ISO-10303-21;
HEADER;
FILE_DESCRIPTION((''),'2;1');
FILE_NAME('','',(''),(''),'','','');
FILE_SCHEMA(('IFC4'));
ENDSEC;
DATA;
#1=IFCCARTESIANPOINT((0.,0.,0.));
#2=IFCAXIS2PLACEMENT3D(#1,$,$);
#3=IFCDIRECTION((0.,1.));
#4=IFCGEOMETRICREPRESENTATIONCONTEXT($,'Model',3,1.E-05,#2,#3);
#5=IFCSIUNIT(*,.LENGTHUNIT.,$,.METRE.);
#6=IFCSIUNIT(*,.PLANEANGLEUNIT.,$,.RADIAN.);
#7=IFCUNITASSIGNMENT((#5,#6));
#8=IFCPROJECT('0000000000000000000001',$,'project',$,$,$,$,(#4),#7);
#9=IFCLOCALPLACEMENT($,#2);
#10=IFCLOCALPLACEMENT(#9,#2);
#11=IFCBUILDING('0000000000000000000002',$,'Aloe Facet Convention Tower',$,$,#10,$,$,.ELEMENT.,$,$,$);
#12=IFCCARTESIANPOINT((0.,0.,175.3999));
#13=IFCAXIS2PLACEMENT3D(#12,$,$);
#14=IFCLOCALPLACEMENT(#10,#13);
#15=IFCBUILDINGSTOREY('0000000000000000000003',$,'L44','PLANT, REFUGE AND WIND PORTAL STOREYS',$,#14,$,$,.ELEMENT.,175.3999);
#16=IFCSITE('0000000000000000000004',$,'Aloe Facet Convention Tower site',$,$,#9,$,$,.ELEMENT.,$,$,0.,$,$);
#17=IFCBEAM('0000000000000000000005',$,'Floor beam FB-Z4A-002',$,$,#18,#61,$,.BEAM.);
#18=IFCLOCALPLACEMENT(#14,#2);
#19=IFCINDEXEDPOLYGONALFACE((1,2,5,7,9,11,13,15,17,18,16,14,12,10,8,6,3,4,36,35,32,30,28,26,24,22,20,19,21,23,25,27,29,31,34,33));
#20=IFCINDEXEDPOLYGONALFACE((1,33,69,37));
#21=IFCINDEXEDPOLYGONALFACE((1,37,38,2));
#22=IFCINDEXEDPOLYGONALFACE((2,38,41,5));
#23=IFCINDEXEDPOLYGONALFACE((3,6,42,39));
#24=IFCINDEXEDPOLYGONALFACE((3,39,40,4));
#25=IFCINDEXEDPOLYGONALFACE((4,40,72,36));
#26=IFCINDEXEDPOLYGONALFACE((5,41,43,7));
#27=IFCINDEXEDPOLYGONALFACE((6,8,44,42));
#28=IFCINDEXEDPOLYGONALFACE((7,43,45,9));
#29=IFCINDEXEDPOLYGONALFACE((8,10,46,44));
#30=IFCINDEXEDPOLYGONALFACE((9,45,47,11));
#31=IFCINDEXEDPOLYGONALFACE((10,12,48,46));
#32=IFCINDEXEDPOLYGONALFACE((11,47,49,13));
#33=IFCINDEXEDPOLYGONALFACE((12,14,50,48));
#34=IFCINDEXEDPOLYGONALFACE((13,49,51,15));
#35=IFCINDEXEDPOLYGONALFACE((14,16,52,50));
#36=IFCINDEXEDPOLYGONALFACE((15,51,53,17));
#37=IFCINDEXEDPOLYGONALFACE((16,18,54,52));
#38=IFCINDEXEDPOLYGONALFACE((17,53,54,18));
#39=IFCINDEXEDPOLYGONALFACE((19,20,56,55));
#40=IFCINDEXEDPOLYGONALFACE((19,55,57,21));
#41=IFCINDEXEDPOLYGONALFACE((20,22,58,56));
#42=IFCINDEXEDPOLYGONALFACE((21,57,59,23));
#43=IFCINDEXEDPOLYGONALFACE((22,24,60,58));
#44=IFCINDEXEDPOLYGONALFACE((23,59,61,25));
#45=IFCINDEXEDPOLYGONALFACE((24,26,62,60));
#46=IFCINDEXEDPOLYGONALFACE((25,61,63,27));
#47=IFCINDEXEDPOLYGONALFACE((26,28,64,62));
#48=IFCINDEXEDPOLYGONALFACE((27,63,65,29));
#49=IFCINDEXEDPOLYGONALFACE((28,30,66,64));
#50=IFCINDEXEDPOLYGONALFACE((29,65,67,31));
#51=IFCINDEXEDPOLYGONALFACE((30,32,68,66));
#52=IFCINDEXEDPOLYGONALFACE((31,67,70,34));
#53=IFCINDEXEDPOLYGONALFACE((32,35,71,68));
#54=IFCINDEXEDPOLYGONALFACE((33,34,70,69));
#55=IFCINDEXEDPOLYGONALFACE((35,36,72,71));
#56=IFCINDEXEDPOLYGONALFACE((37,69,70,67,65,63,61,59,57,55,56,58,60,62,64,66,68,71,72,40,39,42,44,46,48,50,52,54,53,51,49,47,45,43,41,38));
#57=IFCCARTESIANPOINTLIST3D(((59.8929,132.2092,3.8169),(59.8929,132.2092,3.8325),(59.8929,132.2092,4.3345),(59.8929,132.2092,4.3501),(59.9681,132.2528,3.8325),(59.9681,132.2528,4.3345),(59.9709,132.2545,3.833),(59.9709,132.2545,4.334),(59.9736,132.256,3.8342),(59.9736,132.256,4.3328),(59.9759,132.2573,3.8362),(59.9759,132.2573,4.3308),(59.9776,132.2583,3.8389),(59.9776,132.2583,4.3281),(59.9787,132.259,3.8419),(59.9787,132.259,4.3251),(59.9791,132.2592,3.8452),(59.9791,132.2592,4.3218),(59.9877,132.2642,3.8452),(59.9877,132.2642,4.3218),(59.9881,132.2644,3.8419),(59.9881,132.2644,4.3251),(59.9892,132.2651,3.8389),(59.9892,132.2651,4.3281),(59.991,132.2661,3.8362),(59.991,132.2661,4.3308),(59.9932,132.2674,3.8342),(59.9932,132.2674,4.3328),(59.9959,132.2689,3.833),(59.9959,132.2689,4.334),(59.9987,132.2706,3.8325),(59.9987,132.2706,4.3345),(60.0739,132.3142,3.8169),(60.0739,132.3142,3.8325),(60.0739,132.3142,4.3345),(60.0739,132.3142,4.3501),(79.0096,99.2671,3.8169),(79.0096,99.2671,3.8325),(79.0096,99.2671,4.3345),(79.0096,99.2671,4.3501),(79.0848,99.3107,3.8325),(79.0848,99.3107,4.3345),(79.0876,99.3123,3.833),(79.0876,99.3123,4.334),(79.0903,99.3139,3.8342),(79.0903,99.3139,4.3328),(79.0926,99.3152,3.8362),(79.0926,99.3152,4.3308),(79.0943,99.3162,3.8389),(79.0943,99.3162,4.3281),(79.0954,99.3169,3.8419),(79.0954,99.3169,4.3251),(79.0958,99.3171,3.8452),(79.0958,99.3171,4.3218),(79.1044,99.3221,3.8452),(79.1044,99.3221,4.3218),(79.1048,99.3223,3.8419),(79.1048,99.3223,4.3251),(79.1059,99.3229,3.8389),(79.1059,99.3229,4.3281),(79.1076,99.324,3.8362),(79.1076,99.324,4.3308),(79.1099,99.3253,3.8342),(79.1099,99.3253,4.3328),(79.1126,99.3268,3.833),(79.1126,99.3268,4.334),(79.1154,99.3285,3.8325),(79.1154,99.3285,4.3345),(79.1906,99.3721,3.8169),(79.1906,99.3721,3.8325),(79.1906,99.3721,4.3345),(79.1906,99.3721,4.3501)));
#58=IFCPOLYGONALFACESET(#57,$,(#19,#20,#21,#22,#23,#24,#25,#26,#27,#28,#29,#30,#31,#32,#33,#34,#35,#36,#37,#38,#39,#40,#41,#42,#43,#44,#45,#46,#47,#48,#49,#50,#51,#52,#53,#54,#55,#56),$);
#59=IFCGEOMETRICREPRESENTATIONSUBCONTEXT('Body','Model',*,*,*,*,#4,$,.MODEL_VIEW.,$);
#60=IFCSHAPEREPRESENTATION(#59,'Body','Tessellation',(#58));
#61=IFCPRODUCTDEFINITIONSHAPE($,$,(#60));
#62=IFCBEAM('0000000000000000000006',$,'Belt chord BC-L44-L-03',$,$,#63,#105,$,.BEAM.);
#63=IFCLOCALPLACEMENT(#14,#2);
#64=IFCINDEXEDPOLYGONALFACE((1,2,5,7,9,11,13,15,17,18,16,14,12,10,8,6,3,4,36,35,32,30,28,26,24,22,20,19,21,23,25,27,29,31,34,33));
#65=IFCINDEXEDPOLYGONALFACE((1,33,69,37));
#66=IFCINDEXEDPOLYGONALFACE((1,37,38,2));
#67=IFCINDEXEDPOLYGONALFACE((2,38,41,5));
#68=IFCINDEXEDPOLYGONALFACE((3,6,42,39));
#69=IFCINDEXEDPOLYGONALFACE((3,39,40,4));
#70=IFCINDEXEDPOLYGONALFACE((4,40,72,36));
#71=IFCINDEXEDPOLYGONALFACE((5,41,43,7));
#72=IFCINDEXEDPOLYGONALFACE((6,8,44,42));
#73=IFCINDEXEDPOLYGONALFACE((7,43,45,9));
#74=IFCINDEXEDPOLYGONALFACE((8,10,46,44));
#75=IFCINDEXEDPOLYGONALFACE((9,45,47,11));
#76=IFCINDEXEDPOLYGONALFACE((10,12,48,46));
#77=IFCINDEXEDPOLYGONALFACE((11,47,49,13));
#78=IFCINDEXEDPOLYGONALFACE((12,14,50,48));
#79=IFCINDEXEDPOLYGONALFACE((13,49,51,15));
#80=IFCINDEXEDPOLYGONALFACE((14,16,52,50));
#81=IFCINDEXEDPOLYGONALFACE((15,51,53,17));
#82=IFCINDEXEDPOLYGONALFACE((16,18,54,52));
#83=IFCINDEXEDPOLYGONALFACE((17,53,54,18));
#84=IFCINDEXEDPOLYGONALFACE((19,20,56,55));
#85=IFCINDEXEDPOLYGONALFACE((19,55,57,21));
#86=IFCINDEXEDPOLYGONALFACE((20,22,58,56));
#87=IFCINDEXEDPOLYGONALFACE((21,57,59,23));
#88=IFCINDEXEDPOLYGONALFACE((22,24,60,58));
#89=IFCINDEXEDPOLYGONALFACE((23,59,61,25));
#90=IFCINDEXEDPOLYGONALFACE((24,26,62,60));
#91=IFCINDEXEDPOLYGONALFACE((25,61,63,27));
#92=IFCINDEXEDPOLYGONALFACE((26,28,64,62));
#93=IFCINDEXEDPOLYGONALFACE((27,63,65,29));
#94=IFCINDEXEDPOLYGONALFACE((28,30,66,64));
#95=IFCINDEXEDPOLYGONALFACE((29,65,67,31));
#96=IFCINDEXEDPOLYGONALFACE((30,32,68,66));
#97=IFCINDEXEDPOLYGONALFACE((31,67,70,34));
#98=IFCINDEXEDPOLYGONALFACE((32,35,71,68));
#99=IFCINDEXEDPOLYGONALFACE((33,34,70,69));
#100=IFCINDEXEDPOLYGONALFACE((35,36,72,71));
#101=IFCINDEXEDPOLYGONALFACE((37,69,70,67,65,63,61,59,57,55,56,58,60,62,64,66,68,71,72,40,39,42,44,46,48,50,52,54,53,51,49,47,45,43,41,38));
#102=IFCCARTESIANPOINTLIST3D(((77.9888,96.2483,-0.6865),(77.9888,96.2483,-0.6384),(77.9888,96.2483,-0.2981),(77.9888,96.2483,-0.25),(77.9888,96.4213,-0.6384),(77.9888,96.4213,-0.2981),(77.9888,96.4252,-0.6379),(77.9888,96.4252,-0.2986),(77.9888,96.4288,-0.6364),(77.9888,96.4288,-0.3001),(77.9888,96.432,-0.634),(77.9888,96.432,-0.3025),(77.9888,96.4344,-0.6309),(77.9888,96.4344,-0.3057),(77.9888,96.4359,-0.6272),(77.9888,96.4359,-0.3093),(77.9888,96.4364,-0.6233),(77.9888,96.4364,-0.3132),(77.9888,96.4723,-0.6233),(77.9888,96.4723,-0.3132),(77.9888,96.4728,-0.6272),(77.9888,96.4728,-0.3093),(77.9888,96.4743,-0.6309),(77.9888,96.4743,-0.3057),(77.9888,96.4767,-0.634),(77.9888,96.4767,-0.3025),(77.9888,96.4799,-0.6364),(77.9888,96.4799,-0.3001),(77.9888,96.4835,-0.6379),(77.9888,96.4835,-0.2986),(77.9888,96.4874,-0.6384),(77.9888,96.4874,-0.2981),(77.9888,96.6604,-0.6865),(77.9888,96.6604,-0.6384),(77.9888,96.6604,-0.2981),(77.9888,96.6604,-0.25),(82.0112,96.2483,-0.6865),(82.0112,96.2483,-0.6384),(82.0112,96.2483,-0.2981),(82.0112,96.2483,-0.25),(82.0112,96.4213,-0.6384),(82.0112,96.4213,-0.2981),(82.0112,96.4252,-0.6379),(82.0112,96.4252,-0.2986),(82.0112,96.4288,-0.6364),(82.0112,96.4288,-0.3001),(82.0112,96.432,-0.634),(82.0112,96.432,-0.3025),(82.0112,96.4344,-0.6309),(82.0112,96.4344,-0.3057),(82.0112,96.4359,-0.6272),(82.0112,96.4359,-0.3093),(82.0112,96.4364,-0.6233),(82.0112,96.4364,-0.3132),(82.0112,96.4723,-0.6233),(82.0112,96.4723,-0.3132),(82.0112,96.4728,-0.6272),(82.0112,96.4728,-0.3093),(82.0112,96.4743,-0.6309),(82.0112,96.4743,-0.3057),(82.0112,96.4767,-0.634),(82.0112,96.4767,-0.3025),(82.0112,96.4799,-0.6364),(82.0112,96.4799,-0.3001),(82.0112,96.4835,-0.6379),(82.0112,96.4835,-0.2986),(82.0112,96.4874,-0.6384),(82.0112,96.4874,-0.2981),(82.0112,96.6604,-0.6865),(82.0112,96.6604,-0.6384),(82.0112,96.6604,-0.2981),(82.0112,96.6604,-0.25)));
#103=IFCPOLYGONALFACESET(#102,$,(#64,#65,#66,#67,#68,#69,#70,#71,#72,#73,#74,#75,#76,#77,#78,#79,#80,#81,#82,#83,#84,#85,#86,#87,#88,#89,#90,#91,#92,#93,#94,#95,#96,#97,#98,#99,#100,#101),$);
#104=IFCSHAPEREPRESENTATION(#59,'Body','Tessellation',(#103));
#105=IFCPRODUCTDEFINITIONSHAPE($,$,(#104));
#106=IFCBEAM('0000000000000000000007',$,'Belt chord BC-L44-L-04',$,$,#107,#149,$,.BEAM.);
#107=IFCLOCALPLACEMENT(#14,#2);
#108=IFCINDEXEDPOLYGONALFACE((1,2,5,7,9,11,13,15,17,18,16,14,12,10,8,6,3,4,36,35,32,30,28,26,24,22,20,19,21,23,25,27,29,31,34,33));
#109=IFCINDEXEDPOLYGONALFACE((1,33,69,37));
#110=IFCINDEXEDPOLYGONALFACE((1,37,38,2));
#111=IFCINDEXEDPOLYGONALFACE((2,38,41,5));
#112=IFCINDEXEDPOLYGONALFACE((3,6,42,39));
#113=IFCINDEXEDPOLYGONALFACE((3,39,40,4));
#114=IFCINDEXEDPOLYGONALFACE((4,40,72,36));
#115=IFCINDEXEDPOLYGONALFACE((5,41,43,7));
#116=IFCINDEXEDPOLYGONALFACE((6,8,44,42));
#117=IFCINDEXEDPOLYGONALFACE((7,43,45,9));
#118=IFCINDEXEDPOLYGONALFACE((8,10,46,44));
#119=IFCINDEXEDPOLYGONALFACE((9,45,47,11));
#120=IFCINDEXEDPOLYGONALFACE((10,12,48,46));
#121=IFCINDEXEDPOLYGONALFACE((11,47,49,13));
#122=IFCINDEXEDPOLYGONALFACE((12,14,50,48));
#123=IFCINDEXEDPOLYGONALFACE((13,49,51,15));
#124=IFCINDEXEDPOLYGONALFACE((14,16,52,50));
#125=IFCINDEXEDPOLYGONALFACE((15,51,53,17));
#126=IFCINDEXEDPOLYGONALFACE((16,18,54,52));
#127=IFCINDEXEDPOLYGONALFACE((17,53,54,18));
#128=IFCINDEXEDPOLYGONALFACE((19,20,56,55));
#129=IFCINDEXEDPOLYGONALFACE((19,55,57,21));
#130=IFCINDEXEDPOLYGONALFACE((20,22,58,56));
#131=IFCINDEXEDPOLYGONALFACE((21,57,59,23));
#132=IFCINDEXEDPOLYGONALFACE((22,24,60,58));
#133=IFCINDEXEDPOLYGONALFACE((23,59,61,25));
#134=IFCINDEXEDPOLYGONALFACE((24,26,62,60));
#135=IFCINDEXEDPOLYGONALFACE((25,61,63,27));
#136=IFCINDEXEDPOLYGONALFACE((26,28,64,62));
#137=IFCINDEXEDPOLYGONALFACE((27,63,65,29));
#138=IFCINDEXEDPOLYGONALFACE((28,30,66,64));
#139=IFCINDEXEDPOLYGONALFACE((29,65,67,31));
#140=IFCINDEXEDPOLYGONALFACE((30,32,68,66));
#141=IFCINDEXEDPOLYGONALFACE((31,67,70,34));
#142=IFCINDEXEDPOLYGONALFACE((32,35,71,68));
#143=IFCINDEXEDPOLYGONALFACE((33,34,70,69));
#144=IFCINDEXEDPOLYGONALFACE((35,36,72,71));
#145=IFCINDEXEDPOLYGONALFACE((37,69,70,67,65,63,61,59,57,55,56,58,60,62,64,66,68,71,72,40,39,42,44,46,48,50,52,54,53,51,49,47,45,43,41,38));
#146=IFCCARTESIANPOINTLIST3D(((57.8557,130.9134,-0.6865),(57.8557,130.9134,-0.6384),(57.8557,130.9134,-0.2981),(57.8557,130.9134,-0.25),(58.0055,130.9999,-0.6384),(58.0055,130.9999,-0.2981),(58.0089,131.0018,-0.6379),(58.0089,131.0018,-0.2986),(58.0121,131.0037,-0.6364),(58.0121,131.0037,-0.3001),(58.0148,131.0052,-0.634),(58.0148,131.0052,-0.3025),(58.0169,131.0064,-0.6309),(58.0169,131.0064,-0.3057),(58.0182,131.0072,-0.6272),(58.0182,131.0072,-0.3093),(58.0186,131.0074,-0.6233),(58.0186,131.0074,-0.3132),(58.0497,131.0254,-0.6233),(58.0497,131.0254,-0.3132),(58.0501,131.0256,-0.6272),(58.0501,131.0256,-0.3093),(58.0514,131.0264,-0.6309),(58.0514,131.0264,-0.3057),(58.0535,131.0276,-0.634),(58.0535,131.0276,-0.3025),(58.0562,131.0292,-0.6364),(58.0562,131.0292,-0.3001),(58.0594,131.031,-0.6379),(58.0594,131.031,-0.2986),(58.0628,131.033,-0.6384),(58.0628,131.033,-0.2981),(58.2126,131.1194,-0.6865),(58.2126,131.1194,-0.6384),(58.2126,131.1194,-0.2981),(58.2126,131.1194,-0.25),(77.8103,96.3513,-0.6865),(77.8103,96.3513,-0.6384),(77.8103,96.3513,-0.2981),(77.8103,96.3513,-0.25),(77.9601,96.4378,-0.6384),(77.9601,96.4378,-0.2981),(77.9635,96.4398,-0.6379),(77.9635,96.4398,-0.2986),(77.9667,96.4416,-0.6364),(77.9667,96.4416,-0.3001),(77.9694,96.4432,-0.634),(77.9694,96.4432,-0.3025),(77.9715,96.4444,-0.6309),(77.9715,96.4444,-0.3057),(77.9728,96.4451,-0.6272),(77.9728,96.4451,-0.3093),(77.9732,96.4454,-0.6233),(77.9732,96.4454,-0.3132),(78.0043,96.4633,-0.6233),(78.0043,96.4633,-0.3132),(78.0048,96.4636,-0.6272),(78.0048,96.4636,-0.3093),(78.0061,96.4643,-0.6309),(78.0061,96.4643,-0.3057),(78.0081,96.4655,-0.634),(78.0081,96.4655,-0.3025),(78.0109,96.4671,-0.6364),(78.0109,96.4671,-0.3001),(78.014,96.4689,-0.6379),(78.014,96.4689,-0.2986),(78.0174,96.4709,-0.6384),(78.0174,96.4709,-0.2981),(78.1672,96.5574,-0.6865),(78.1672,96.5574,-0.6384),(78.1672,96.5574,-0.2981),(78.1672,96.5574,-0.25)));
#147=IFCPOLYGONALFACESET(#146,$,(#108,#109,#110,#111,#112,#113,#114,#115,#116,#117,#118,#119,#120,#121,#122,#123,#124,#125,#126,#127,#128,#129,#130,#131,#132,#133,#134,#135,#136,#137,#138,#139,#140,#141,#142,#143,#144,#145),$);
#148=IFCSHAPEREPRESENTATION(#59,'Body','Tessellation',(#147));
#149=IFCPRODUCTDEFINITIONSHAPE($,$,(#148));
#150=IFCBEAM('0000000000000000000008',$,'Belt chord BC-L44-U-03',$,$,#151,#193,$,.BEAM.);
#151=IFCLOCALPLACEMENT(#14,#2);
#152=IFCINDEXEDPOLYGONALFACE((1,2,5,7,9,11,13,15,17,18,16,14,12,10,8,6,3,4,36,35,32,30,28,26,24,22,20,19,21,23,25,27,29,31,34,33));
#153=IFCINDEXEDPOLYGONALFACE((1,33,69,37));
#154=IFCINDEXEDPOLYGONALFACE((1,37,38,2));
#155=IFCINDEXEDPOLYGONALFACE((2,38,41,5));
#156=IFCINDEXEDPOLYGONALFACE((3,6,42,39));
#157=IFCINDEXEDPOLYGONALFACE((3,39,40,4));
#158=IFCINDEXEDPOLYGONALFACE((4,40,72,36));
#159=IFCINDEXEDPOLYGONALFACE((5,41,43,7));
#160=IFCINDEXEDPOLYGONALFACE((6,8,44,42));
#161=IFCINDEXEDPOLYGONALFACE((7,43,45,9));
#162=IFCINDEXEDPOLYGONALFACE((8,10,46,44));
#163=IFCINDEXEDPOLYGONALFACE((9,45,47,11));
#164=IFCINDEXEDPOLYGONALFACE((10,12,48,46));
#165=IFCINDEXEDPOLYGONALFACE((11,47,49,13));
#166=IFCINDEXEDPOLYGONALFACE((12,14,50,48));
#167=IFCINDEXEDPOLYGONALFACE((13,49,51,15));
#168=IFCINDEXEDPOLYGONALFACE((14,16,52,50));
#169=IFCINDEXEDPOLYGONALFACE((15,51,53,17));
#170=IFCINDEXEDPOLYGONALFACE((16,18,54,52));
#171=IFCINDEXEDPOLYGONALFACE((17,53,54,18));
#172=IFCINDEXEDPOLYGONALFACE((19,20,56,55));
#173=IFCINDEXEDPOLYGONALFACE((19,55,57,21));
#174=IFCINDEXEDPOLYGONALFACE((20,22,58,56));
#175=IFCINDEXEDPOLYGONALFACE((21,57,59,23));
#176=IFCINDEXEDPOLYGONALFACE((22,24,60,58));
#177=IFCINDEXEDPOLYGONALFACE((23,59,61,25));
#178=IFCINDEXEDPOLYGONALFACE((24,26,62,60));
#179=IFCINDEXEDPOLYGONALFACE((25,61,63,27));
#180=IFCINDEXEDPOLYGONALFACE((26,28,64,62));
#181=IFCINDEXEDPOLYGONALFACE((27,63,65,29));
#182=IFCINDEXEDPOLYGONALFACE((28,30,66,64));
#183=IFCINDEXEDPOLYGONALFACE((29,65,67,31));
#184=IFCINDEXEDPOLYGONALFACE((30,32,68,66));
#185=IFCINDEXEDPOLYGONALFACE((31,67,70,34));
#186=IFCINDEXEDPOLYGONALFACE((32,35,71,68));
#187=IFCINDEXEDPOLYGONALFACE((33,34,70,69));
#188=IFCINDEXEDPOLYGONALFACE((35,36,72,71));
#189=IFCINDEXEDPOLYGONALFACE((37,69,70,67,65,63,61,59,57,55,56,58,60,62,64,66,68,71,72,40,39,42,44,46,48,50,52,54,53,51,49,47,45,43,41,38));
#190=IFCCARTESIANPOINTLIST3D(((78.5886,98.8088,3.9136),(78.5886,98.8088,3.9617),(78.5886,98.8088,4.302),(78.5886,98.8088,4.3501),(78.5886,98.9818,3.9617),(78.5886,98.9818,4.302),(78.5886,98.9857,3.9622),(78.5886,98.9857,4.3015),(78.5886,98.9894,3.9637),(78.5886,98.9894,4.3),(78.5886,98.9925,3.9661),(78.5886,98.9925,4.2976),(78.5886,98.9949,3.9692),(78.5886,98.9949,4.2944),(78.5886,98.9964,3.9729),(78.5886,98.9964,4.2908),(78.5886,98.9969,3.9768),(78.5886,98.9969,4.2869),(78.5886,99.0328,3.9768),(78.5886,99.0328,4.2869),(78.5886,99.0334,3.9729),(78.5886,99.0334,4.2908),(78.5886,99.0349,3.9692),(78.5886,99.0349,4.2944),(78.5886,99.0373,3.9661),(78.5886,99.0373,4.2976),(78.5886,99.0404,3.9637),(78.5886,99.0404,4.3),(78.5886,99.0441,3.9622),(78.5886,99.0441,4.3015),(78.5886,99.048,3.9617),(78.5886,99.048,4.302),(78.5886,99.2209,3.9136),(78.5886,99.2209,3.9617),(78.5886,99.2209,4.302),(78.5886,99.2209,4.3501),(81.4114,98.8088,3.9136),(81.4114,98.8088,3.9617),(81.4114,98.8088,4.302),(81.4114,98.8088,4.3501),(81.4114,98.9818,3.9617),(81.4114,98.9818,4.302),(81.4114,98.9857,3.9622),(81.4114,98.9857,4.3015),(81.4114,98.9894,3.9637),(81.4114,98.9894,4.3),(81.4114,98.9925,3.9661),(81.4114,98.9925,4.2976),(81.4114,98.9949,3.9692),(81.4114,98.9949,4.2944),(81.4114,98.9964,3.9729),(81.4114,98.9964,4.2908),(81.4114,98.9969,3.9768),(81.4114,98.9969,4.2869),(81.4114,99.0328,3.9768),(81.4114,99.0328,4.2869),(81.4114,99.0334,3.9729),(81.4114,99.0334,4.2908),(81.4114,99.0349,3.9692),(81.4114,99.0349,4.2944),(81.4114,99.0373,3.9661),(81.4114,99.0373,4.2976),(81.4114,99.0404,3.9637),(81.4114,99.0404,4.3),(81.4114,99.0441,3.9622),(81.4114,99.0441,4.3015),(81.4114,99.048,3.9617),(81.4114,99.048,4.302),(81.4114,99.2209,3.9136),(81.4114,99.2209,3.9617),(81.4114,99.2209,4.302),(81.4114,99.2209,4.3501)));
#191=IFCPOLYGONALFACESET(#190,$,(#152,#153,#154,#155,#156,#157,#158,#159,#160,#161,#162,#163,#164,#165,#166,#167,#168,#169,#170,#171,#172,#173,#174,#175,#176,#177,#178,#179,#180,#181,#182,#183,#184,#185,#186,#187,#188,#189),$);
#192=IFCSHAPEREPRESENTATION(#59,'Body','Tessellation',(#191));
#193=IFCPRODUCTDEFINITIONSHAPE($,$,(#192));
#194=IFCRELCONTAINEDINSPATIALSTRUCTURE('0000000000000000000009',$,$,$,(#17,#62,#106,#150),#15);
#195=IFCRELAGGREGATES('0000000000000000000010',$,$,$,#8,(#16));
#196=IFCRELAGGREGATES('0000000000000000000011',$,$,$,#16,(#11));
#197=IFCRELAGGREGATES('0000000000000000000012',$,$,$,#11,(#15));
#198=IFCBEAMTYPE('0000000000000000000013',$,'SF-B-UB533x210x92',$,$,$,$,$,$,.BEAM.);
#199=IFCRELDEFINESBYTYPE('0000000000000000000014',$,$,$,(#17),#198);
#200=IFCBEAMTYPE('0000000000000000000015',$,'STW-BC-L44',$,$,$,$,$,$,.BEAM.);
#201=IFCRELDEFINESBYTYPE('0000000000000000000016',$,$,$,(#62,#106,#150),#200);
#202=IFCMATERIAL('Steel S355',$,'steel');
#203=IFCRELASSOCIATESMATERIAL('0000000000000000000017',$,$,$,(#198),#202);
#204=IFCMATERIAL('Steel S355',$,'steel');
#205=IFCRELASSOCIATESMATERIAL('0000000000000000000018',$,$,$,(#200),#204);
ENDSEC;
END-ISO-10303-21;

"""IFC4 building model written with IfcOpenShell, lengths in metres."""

from ifc_helpers import new_model, si_unit, direction, frame, origin, origin_2d, place, context, subcontext, project, spatial, i_section, extrude, material, material_profile, profile_set, type_object, element, save


model = new_model("IFC4")

# Units and contexts
model_context = context("Model", 3, precision=1e-05, world=origin(), true_north=direction((0.0, 1.0)))
body_context = subcontext(model_context, "Body", "Model", "MODEL_VIEW")
ifc_project = project(units=[si_unit("LENGTHUNIT", "METRE"), si_unit("PLANEANGLEUNIT", "RADIAN")], contexts=[model_context])

# Site, building, storey
site_placement = place(None, origin())
site = spatial("IfcSite", under=ifc_project, at=site_placement, Name="Aloe Facet Convention Tower site", CompositionType="ELEMENT", RefElevation=0.0)
building_placement = place(site_placement, origin())
building = spatial("IfcBuilding", under=site, at=building_placement, Name="Aloe Facet Convention Tower", CompositionType="ELEMENT")
storey_placement = place(building_placement, frame((0.0, 0.0, 175.3999)))
storey = spatial("IfcBuildingStorey", under=building, at=storey_placement, Name="L44", Description="PLANT, REFUGE AND WIND PORTAL STOREYS", CompositionType="ELEMENT", Elevation=175.3999)

# Beams
ifc_material_1 = material(Name="Steel S355", Category="steel")
ifc_material_profile_1 = material_profile(ifc_material_1, i_section(OverallWidth=0.2092, OverallDepth=0.5332, WebThickness=0.01, FlangeThickness=0.0156, FilletRadius=0.0127, at=origin_2d()), Name="UB 533x210x92")
ifc_profile_set_1 = profile_set([ifc_material_profile_1], Name="Steel S355")
beam_type_1 = type_object("IfcBeamType", Name="SF-B-UB533x210x92", PredefinedType="BEAM", material=ifc_profile_set_1)
beam_1_placement = place(storey_placement, frame((79.1001, 99.3196, 4.0835), z_axis=(-0.50192, 0.864914, 0.0), x_axis=(-0.864914, -0.50192, 0.0)))
element("IfcBeam", 1, at=beam_1_placement, inside=storey, type_object=beam_type_1, Name="Floor beam FB-Z4A-002", PredefinedType="BEAM", context=body_context, shape_type="SweptSolid", body=[
    extrude(i_section(OverallWidth=0.2092, OverallDepth=0.5332, WebThickness=0.01, FlangeThickness=0.0156, FilletRadius=0.0127, at=origin_2d()), origin(), (0.0, 0.0, 1.0), 38.0872),
])
ifc_material_2 = material(Name="Steel S355", Category="steel")
ifc_material_profile_2 = material_profile(ifc_material_2, i_section(OverallWidth=0.4121, OverallDepth=0.4365, WebThickness=0.0359, FlangeThickness=0.0481, FilletRadius=0.0151, at=origin_2d()), Name="UC 356x406x467")
ifc_profile_set_2 = profile_set([ifc_material_profile_2], Name="Steel S355")
beam_type_2 = type_object("IfcBeamType", Name="STW-BC-L44", PredefinedType="BEAM", material=ifc_profile_set_2)
beam_2_placement = place(storey_placement, frame((82.0112, 96.4543, -0.4683), z_axis=(-1.0, 0.0, 0.0), x_axis=(0.0, -1.0, 0.0)))
element("IfcBeam", 2, at=beam_2_placement, inside=storey, type_object=beam_type_2, Name="Belt chord BC-L44-L-03", PredefinedType="BEAM", context=body_context, shape_type="SweptSolid", body=[
    extrude(i_section(OverallWidth=0.4121, OverallDepth=0.4365, WebThickness=0.0359, FlangeThickness=0.0481, FilletRadius=0.0151, at=origin_2d()), origin(), (0.0, 0.0, 1.0), 4.0225),
])
beam_3_placement = place(storey_placement, frame((77.9888, 96.4543, -0.4683), z_axis=(-0.500004, 0.866023, 0.0), x_axis=(-0.866023, -0.500004, 0.0)))
element("IfcBeam", 3, at=beam_3_placement, inside=storey, type_object=beam_type_2, Name="Belt chord BC-L44-L-04", PredefinedType="BEAM", context=body_context, shape_type="SweptSolid", body=[
    extrude(i_section(OverallWidth=0.4121, OverallDepth=0.4365, WebThickness=0.0359, FlangeThickness=0.0481, FilletRadius=0.0151, at=origin_2d()), origin(), (0.0, 0.0, 1.0), 39.9089),
])
beam_4_placement = place(storey_placement, frame((81.4114, 99.0149, 4.1318), z_axis=(-1.0, 0.0, 0.0), x_axis=(0.0, -1.0, 0.0)))
element("IfcBeam", 4, at=beam_4_placement, inside=storey, type_object=beam_type_2, Name="Belt chord BC-L44-U-03", PredefinedType="BEAM", context=body_context, shape_type="SweptSolid", body=[
    extrude(i_section(OverallWidth=0.4121, OverallDepth=0.4365, WebThickness=0.0359, FlangeThickness=0.0481, FilletRadius=0.0151, at=origin_2d()), origin(), (0.0, 0.0, 1.0), 2.8228),
])

save(model, "model.ifc")
